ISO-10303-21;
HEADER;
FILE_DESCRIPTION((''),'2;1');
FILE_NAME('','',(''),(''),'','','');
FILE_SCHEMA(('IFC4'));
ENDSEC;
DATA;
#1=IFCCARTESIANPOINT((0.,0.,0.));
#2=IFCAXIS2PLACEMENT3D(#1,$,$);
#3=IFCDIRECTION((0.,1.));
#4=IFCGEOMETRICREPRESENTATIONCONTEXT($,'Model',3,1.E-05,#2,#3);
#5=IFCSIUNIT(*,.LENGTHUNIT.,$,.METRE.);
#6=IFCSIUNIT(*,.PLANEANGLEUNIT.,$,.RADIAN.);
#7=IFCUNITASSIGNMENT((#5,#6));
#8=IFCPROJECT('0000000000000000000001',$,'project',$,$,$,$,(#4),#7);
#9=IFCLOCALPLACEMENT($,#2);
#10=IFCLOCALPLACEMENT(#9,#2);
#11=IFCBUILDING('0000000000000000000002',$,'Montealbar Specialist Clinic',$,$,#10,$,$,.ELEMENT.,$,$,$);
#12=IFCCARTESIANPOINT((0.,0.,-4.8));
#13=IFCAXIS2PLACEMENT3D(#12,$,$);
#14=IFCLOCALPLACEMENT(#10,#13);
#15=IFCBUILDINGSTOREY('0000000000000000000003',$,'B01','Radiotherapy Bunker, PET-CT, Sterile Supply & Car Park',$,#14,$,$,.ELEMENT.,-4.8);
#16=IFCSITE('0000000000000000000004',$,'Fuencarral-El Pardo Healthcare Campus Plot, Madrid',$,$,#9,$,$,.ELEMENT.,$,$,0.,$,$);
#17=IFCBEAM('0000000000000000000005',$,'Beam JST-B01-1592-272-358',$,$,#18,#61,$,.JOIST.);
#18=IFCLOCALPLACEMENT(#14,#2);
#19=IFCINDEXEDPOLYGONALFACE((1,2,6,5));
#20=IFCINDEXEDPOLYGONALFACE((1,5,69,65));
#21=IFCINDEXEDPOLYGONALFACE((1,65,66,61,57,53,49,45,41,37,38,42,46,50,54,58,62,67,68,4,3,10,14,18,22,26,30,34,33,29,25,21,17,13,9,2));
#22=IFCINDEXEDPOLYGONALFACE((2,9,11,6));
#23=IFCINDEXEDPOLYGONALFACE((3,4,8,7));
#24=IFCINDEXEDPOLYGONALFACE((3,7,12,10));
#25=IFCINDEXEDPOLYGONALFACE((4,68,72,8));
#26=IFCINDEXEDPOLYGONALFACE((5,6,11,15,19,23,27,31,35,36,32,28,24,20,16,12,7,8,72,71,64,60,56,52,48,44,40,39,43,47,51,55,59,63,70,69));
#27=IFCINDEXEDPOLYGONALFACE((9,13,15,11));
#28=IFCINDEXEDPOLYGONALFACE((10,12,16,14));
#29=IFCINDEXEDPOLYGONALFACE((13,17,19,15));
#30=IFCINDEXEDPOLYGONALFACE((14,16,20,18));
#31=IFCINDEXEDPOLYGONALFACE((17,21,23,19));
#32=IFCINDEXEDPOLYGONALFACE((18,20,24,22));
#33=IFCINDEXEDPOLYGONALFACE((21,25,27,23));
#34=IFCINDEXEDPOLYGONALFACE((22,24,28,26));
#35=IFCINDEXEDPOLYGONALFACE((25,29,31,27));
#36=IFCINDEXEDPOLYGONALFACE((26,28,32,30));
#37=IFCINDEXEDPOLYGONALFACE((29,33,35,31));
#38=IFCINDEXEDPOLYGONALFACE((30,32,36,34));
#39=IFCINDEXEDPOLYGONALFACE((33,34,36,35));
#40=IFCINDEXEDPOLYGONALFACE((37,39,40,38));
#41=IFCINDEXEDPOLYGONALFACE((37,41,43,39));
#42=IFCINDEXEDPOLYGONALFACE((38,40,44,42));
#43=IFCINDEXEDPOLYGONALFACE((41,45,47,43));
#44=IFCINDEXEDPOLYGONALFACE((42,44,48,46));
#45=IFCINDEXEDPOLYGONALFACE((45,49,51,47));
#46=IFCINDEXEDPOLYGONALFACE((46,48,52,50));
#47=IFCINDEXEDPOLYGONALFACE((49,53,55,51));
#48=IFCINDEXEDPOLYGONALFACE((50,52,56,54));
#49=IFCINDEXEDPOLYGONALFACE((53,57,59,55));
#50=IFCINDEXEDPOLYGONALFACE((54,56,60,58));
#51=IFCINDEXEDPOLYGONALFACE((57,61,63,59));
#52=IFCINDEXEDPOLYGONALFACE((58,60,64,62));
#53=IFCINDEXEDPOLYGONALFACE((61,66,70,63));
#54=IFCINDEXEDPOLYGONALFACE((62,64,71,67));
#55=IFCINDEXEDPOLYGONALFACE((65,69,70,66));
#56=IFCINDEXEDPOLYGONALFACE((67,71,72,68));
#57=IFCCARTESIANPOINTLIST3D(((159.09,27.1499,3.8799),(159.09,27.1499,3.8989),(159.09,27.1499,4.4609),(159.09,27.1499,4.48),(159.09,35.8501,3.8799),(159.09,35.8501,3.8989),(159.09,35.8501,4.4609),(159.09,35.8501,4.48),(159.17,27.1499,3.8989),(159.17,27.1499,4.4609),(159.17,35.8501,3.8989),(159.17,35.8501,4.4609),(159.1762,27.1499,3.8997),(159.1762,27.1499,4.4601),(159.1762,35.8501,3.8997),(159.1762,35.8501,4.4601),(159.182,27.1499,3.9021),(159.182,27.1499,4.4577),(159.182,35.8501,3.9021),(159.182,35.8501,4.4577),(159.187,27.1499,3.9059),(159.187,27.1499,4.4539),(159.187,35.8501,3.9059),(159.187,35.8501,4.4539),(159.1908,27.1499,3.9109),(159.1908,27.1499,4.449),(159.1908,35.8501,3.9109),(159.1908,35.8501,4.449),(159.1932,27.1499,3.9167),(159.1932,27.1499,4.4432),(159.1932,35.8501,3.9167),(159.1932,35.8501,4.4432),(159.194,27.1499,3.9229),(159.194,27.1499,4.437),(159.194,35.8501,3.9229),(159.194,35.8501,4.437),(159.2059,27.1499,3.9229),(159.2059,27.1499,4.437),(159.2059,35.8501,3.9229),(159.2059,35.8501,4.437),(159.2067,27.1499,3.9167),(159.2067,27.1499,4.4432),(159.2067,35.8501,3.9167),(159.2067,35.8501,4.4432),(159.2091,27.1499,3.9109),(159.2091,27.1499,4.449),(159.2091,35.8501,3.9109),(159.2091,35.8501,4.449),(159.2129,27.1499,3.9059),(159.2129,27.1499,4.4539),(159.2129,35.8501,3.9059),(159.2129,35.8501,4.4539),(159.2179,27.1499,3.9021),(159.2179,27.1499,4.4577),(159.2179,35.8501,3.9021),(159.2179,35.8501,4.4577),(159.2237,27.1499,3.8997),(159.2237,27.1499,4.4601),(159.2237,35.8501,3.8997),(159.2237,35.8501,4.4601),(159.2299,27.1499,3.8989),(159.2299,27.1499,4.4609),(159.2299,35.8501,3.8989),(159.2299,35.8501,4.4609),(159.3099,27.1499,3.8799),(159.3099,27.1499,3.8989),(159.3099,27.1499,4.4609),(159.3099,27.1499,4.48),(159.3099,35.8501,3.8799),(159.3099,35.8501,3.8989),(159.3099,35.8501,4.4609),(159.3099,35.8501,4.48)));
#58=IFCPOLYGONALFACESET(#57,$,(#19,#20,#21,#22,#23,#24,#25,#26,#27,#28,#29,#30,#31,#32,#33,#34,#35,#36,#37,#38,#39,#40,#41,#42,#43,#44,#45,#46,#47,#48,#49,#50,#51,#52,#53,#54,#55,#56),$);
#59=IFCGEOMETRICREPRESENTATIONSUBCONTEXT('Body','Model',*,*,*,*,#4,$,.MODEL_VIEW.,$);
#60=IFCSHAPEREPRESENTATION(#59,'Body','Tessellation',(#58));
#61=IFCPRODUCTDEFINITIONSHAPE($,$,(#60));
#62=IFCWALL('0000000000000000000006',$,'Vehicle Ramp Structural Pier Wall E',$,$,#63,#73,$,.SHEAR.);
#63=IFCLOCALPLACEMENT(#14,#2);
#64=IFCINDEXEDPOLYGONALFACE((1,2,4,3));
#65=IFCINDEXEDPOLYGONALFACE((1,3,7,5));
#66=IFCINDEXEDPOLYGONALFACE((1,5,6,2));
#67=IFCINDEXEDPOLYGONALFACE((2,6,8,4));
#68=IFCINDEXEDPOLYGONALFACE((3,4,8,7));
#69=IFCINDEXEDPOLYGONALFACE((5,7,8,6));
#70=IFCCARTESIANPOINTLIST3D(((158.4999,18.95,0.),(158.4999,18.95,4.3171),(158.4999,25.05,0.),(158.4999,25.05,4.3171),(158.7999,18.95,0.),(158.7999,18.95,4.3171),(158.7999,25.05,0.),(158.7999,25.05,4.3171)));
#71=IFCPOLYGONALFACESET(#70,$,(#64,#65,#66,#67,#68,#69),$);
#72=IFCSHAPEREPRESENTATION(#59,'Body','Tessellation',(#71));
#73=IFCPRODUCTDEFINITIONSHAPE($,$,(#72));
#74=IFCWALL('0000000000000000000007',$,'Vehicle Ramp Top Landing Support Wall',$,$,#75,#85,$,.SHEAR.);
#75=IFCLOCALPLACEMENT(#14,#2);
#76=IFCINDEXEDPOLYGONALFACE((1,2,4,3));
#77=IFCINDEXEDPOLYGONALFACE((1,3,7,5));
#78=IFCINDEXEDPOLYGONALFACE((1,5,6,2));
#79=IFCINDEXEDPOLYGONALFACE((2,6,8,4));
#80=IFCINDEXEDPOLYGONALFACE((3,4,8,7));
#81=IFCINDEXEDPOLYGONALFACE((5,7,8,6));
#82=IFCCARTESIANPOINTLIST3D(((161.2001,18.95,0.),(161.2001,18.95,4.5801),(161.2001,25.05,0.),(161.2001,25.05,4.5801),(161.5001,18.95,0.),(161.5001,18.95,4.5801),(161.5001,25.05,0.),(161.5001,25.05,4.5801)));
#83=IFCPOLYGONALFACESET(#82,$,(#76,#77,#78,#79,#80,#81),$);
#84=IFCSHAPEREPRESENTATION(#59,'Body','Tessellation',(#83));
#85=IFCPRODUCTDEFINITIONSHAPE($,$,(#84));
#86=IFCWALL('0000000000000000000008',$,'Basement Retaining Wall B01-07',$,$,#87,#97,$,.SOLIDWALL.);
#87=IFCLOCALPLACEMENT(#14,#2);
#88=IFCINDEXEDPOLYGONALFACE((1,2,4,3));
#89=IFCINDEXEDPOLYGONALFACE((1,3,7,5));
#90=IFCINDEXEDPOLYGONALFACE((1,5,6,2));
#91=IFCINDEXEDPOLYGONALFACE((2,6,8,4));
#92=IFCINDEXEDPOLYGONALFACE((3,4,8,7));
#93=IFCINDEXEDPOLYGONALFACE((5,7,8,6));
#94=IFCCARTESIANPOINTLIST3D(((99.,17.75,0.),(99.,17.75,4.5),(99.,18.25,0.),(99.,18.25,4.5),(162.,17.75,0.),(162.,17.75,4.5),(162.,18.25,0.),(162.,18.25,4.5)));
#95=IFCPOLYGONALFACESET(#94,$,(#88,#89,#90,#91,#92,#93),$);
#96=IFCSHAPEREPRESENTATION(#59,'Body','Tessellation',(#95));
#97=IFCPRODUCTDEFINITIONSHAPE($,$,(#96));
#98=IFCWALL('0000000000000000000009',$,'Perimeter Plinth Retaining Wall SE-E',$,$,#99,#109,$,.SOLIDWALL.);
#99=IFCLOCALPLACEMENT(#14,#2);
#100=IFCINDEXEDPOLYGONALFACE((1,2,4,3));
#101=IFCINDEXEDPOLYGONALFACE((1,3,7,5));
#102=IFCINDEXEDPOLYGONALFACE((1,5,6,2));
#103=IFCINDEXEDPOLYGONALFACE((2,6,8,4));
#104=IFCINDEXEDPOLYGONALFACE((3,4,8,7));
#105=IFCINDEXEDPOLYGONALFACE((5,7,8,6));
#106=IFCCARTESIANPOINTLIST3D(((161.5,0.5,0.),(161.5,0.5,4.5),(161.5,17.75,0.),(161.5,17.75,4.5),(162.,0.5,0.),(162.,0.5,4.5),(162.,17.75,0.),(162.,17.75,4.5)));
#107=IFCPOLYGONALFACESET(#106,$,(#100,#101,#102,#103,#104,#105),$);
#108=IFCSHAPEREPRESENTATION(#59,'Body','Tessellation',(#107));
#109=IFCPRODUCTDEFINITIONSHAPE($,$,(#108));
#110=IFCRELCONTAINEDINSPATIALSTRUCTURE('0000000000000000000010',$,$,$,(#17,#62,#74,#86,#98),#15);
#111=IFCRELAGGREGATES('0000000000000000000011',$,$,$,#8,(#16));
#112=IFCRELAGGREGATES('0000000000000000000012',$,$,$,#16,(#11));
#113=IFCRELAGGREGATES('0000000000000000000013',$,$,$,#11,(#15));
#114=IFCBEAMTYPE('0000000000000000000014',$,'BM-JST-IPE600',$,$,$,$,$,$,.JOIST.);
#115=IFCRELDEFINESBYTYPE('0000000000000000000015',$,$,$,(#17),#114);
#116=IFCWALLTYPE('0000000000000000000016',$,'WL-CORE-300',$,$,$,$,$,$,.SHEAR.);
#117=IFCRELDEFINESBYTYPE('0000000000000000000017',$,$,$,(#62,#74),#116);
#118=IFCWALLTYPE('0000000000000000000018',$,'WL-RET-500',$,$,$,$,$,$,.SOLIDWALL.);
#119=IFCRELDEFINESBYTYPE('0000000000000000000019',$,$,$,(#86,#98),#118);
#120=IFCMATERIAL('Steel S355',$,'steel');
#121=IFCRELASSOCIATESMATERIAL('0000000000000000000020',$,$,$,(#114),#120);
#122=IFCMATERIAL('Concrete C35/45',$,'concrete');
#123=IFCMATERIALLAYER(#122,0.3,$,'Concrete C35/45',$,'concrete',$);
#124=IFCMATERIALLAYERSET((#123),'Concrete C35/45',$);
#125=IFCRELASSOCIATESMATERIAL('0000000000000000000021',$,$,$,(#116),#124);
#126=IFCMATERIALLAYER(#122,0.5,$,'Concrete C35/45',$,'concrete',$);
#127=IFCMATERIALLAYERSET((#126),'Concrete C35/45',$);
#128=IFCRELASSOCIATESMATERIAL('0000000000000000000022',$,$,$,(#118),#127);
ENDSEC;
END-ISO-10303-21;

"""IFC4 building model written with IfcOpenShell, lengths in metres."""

from ifc_helpers import new_model, si_unit, direction, frame, frame_2d, origin, origin_2d, place, context, subcontext, project, spatial, rectangle, i_section, extrude, material, layer, layer_set, material_profile, profile_set, type_object, element, save


model = new_model("IFC4")

# Units and contexts
model_context = context("Model", 3, precision=1e-05, world=origin(), true_north=direction((0.0, 1.0)))
body_context = subcontext(model_context, "Body", "Model", "MODEL_VIEW")
ifc_project = project(units=[si_unit("LENGTHUNIT", "METRE"), si_unit("PLANEANGLEUNIT", "RADIAN")], contexts=[model_context])

# Site, building, storey
site_placement = place(None, origin())
site = spatial("IfcSite", under=ifc_project, at=site_placement, Name="Fuencarral-El Pardo Healthcare Campus Plot, Madrid", CompositionType="ELEMENT", RefElevation=0.0)
building_placement = place(site_placement, origin())
building = spatial("IfcBuilding", under=site, at=building_placement, Name="Montealbar Specialist Clinic", CompositionType="ELEMENT")
storey_placement = place(building_placement, frame((0.0, 0.0, -4.8)))
storey = spatial("IfcBuildingStorey", under=building, at=storey_placement, Name="B01", Description="Radiotherapy Bunker, PET-CT, Sterile Supply & Car Park", CompositionType="ELEMENT", Elevation=-4.8)

# Shared definitions
ifc_material_1 = material(Name="Concrete C35/45", Category="concrete")

# Shared definitions
ifc_material_2 = material(Name="Steel S355", Category="steel")

# Beam
ifc_material_profile_1 = material_profile(ifc_material_2, i_section(OverallWidth=0.22, OverallDepth=0.6001, WebThickness=0.012, FlangeThickness=0.019, FilletRadius=0.0239, at=origin_2d()), Name="IPE 600", Category="steel")
ifc_profile_set_1 = profile_set([ifc_material_profile_1], Name="Steel S355")
beam_type_1 = type_object("IfcBeamType", Name="BM-JST-IPE600", PredefinedType="JOIST", material=ifc_profile_set_1)
beam_1_placement = place(storey_placement, frame((159.2, 27.1499, 4.1799), z_axis=(0.0, 1.0, 0.0), x_axis=(-1.0, 0.0, 0.0)))
element("IfcBeam", 1, at=beam_1_placement, inside=storey, type_object=beam_type_1, Name="Beam JST-B01-1592-272-358", PredefinedType="JOIST", context=body_context, shape_type="SweptSolid", body=[
    extrude(i_section(OverallWidth=0.22, OverallDepth=0.6001, WebThickness=0.012, FlangeThickness=0.019, FilletRadius=0.0239, at=origin_2d()), origin(), (0.0, 0.0, 1.0), 8.7002),
])

# Walls
ifc_layer_1 = layer(ifc_material_1, 0.3, Name="Concrete C35/45", Category="concrete")
ifc_layer_set_1 = layer_set([ifc_layer_1], Name="Concrete C35/45")
wall_type_1 = type_object("IfcWallType", Name="WL-CORE-300", PredefinedType="SHEAR", material=ifc_layer_set_1)
wall_1_placement = place(storey_placement, frame((158.6499, 18.95, 0.0), z_axis=(0.0, 0.0, 1.0), x_axis=(0.0, 1.0, 0.0)))
element("IfcWall", 2, at=wall_1_placement, inside=storey, type_object=wall_type_1, Name="Vehicle Ramp Structural Pier Wall E", PredefinedType="SHEAR", context=body_context, shape_type="SweptSolid", body=[
    extrude(rectangle(XDim=6.1001, YDim=0.3, at=frame_2d((3.05, 0.0))), origin(), (0.0, 0.0, 1.0), 4.3171),
])
wall_2_placement = place(storey_placement, frame((161.3501, 18.95, 0.0), z_axis=(0.0, 0.0, 1.0), x_axis=(0.0, 1.0, 0.0)))
element("IfcWall", 3, at=wall_2_placement, inside=storey, type_object=wall_type_1, Name="Vehicle Ramp Top Landing Support Wall", PredefinedType="SHEAR", context=body_context, shape_type="SweptSolid", body=[
    extrude(rectangle(XDim=6.1001, YDim=0.3, at=frame_2d((3.05, 0.0))), origin(), (0.0, 0.0, 1.0), 4.5801),
])
ifc_layer_2 = layer(ifc_material_1, 0.5, Name="Concrete C35/45", Category="concrete")
ifc_layer_set_2 = layer_set([ifc_layer_2], Name="Concrete C35/45")
wall_type_2 = type_object("IfcWallType", Name="WL-RET-500", PredefinedType="SOLIDWALL", material=ifc_layer_set_2)
wall_3_placement = place(storey_placement, frame((162.0, 18.0, 0.0), z_axis=(0.0, 0.0, 1.0), x_axis=(-1.0, 0.0, 0.0)))
element("IfcWall", 4, at=wall_3_placement, inside=storey, type_object=wall_type_2, Name="Basement Retaining Wall B01-07", PredefinedType="SOLIDWALL", context=body_context, shape_type="SweptSolid", body=[
    extrude(rectangle(XDim=63.0, YDim=0.5, at=frame_2d((31.5, 0.0))), origin(), (0.0, 0.0, 1.0), 4.5),
])
wall_4_placement = place(storey_placement, frame((161.75, 0.5, 0.0), z_axis=(0.0, 0.0, 1.0), x_axis=(0.0, 1.0, 0.0)))
element("IfcWall", 5, at=wall_4_placement, inside=storey, type_object=wall_type_2, Name="Perimeter Plinth Retaining Wall SE-E", PredefinedType="SOLIDWALL", context=body_context, shape_type="SweptSolid", body=[
    extrude(rectangle(XDim=17.25, YDim=0.5, at=frame_2d((8.625, 0.0))), origin(), (0.0, 0.0, 1.0), 4.5),
])

save(model, "model.ifc")
